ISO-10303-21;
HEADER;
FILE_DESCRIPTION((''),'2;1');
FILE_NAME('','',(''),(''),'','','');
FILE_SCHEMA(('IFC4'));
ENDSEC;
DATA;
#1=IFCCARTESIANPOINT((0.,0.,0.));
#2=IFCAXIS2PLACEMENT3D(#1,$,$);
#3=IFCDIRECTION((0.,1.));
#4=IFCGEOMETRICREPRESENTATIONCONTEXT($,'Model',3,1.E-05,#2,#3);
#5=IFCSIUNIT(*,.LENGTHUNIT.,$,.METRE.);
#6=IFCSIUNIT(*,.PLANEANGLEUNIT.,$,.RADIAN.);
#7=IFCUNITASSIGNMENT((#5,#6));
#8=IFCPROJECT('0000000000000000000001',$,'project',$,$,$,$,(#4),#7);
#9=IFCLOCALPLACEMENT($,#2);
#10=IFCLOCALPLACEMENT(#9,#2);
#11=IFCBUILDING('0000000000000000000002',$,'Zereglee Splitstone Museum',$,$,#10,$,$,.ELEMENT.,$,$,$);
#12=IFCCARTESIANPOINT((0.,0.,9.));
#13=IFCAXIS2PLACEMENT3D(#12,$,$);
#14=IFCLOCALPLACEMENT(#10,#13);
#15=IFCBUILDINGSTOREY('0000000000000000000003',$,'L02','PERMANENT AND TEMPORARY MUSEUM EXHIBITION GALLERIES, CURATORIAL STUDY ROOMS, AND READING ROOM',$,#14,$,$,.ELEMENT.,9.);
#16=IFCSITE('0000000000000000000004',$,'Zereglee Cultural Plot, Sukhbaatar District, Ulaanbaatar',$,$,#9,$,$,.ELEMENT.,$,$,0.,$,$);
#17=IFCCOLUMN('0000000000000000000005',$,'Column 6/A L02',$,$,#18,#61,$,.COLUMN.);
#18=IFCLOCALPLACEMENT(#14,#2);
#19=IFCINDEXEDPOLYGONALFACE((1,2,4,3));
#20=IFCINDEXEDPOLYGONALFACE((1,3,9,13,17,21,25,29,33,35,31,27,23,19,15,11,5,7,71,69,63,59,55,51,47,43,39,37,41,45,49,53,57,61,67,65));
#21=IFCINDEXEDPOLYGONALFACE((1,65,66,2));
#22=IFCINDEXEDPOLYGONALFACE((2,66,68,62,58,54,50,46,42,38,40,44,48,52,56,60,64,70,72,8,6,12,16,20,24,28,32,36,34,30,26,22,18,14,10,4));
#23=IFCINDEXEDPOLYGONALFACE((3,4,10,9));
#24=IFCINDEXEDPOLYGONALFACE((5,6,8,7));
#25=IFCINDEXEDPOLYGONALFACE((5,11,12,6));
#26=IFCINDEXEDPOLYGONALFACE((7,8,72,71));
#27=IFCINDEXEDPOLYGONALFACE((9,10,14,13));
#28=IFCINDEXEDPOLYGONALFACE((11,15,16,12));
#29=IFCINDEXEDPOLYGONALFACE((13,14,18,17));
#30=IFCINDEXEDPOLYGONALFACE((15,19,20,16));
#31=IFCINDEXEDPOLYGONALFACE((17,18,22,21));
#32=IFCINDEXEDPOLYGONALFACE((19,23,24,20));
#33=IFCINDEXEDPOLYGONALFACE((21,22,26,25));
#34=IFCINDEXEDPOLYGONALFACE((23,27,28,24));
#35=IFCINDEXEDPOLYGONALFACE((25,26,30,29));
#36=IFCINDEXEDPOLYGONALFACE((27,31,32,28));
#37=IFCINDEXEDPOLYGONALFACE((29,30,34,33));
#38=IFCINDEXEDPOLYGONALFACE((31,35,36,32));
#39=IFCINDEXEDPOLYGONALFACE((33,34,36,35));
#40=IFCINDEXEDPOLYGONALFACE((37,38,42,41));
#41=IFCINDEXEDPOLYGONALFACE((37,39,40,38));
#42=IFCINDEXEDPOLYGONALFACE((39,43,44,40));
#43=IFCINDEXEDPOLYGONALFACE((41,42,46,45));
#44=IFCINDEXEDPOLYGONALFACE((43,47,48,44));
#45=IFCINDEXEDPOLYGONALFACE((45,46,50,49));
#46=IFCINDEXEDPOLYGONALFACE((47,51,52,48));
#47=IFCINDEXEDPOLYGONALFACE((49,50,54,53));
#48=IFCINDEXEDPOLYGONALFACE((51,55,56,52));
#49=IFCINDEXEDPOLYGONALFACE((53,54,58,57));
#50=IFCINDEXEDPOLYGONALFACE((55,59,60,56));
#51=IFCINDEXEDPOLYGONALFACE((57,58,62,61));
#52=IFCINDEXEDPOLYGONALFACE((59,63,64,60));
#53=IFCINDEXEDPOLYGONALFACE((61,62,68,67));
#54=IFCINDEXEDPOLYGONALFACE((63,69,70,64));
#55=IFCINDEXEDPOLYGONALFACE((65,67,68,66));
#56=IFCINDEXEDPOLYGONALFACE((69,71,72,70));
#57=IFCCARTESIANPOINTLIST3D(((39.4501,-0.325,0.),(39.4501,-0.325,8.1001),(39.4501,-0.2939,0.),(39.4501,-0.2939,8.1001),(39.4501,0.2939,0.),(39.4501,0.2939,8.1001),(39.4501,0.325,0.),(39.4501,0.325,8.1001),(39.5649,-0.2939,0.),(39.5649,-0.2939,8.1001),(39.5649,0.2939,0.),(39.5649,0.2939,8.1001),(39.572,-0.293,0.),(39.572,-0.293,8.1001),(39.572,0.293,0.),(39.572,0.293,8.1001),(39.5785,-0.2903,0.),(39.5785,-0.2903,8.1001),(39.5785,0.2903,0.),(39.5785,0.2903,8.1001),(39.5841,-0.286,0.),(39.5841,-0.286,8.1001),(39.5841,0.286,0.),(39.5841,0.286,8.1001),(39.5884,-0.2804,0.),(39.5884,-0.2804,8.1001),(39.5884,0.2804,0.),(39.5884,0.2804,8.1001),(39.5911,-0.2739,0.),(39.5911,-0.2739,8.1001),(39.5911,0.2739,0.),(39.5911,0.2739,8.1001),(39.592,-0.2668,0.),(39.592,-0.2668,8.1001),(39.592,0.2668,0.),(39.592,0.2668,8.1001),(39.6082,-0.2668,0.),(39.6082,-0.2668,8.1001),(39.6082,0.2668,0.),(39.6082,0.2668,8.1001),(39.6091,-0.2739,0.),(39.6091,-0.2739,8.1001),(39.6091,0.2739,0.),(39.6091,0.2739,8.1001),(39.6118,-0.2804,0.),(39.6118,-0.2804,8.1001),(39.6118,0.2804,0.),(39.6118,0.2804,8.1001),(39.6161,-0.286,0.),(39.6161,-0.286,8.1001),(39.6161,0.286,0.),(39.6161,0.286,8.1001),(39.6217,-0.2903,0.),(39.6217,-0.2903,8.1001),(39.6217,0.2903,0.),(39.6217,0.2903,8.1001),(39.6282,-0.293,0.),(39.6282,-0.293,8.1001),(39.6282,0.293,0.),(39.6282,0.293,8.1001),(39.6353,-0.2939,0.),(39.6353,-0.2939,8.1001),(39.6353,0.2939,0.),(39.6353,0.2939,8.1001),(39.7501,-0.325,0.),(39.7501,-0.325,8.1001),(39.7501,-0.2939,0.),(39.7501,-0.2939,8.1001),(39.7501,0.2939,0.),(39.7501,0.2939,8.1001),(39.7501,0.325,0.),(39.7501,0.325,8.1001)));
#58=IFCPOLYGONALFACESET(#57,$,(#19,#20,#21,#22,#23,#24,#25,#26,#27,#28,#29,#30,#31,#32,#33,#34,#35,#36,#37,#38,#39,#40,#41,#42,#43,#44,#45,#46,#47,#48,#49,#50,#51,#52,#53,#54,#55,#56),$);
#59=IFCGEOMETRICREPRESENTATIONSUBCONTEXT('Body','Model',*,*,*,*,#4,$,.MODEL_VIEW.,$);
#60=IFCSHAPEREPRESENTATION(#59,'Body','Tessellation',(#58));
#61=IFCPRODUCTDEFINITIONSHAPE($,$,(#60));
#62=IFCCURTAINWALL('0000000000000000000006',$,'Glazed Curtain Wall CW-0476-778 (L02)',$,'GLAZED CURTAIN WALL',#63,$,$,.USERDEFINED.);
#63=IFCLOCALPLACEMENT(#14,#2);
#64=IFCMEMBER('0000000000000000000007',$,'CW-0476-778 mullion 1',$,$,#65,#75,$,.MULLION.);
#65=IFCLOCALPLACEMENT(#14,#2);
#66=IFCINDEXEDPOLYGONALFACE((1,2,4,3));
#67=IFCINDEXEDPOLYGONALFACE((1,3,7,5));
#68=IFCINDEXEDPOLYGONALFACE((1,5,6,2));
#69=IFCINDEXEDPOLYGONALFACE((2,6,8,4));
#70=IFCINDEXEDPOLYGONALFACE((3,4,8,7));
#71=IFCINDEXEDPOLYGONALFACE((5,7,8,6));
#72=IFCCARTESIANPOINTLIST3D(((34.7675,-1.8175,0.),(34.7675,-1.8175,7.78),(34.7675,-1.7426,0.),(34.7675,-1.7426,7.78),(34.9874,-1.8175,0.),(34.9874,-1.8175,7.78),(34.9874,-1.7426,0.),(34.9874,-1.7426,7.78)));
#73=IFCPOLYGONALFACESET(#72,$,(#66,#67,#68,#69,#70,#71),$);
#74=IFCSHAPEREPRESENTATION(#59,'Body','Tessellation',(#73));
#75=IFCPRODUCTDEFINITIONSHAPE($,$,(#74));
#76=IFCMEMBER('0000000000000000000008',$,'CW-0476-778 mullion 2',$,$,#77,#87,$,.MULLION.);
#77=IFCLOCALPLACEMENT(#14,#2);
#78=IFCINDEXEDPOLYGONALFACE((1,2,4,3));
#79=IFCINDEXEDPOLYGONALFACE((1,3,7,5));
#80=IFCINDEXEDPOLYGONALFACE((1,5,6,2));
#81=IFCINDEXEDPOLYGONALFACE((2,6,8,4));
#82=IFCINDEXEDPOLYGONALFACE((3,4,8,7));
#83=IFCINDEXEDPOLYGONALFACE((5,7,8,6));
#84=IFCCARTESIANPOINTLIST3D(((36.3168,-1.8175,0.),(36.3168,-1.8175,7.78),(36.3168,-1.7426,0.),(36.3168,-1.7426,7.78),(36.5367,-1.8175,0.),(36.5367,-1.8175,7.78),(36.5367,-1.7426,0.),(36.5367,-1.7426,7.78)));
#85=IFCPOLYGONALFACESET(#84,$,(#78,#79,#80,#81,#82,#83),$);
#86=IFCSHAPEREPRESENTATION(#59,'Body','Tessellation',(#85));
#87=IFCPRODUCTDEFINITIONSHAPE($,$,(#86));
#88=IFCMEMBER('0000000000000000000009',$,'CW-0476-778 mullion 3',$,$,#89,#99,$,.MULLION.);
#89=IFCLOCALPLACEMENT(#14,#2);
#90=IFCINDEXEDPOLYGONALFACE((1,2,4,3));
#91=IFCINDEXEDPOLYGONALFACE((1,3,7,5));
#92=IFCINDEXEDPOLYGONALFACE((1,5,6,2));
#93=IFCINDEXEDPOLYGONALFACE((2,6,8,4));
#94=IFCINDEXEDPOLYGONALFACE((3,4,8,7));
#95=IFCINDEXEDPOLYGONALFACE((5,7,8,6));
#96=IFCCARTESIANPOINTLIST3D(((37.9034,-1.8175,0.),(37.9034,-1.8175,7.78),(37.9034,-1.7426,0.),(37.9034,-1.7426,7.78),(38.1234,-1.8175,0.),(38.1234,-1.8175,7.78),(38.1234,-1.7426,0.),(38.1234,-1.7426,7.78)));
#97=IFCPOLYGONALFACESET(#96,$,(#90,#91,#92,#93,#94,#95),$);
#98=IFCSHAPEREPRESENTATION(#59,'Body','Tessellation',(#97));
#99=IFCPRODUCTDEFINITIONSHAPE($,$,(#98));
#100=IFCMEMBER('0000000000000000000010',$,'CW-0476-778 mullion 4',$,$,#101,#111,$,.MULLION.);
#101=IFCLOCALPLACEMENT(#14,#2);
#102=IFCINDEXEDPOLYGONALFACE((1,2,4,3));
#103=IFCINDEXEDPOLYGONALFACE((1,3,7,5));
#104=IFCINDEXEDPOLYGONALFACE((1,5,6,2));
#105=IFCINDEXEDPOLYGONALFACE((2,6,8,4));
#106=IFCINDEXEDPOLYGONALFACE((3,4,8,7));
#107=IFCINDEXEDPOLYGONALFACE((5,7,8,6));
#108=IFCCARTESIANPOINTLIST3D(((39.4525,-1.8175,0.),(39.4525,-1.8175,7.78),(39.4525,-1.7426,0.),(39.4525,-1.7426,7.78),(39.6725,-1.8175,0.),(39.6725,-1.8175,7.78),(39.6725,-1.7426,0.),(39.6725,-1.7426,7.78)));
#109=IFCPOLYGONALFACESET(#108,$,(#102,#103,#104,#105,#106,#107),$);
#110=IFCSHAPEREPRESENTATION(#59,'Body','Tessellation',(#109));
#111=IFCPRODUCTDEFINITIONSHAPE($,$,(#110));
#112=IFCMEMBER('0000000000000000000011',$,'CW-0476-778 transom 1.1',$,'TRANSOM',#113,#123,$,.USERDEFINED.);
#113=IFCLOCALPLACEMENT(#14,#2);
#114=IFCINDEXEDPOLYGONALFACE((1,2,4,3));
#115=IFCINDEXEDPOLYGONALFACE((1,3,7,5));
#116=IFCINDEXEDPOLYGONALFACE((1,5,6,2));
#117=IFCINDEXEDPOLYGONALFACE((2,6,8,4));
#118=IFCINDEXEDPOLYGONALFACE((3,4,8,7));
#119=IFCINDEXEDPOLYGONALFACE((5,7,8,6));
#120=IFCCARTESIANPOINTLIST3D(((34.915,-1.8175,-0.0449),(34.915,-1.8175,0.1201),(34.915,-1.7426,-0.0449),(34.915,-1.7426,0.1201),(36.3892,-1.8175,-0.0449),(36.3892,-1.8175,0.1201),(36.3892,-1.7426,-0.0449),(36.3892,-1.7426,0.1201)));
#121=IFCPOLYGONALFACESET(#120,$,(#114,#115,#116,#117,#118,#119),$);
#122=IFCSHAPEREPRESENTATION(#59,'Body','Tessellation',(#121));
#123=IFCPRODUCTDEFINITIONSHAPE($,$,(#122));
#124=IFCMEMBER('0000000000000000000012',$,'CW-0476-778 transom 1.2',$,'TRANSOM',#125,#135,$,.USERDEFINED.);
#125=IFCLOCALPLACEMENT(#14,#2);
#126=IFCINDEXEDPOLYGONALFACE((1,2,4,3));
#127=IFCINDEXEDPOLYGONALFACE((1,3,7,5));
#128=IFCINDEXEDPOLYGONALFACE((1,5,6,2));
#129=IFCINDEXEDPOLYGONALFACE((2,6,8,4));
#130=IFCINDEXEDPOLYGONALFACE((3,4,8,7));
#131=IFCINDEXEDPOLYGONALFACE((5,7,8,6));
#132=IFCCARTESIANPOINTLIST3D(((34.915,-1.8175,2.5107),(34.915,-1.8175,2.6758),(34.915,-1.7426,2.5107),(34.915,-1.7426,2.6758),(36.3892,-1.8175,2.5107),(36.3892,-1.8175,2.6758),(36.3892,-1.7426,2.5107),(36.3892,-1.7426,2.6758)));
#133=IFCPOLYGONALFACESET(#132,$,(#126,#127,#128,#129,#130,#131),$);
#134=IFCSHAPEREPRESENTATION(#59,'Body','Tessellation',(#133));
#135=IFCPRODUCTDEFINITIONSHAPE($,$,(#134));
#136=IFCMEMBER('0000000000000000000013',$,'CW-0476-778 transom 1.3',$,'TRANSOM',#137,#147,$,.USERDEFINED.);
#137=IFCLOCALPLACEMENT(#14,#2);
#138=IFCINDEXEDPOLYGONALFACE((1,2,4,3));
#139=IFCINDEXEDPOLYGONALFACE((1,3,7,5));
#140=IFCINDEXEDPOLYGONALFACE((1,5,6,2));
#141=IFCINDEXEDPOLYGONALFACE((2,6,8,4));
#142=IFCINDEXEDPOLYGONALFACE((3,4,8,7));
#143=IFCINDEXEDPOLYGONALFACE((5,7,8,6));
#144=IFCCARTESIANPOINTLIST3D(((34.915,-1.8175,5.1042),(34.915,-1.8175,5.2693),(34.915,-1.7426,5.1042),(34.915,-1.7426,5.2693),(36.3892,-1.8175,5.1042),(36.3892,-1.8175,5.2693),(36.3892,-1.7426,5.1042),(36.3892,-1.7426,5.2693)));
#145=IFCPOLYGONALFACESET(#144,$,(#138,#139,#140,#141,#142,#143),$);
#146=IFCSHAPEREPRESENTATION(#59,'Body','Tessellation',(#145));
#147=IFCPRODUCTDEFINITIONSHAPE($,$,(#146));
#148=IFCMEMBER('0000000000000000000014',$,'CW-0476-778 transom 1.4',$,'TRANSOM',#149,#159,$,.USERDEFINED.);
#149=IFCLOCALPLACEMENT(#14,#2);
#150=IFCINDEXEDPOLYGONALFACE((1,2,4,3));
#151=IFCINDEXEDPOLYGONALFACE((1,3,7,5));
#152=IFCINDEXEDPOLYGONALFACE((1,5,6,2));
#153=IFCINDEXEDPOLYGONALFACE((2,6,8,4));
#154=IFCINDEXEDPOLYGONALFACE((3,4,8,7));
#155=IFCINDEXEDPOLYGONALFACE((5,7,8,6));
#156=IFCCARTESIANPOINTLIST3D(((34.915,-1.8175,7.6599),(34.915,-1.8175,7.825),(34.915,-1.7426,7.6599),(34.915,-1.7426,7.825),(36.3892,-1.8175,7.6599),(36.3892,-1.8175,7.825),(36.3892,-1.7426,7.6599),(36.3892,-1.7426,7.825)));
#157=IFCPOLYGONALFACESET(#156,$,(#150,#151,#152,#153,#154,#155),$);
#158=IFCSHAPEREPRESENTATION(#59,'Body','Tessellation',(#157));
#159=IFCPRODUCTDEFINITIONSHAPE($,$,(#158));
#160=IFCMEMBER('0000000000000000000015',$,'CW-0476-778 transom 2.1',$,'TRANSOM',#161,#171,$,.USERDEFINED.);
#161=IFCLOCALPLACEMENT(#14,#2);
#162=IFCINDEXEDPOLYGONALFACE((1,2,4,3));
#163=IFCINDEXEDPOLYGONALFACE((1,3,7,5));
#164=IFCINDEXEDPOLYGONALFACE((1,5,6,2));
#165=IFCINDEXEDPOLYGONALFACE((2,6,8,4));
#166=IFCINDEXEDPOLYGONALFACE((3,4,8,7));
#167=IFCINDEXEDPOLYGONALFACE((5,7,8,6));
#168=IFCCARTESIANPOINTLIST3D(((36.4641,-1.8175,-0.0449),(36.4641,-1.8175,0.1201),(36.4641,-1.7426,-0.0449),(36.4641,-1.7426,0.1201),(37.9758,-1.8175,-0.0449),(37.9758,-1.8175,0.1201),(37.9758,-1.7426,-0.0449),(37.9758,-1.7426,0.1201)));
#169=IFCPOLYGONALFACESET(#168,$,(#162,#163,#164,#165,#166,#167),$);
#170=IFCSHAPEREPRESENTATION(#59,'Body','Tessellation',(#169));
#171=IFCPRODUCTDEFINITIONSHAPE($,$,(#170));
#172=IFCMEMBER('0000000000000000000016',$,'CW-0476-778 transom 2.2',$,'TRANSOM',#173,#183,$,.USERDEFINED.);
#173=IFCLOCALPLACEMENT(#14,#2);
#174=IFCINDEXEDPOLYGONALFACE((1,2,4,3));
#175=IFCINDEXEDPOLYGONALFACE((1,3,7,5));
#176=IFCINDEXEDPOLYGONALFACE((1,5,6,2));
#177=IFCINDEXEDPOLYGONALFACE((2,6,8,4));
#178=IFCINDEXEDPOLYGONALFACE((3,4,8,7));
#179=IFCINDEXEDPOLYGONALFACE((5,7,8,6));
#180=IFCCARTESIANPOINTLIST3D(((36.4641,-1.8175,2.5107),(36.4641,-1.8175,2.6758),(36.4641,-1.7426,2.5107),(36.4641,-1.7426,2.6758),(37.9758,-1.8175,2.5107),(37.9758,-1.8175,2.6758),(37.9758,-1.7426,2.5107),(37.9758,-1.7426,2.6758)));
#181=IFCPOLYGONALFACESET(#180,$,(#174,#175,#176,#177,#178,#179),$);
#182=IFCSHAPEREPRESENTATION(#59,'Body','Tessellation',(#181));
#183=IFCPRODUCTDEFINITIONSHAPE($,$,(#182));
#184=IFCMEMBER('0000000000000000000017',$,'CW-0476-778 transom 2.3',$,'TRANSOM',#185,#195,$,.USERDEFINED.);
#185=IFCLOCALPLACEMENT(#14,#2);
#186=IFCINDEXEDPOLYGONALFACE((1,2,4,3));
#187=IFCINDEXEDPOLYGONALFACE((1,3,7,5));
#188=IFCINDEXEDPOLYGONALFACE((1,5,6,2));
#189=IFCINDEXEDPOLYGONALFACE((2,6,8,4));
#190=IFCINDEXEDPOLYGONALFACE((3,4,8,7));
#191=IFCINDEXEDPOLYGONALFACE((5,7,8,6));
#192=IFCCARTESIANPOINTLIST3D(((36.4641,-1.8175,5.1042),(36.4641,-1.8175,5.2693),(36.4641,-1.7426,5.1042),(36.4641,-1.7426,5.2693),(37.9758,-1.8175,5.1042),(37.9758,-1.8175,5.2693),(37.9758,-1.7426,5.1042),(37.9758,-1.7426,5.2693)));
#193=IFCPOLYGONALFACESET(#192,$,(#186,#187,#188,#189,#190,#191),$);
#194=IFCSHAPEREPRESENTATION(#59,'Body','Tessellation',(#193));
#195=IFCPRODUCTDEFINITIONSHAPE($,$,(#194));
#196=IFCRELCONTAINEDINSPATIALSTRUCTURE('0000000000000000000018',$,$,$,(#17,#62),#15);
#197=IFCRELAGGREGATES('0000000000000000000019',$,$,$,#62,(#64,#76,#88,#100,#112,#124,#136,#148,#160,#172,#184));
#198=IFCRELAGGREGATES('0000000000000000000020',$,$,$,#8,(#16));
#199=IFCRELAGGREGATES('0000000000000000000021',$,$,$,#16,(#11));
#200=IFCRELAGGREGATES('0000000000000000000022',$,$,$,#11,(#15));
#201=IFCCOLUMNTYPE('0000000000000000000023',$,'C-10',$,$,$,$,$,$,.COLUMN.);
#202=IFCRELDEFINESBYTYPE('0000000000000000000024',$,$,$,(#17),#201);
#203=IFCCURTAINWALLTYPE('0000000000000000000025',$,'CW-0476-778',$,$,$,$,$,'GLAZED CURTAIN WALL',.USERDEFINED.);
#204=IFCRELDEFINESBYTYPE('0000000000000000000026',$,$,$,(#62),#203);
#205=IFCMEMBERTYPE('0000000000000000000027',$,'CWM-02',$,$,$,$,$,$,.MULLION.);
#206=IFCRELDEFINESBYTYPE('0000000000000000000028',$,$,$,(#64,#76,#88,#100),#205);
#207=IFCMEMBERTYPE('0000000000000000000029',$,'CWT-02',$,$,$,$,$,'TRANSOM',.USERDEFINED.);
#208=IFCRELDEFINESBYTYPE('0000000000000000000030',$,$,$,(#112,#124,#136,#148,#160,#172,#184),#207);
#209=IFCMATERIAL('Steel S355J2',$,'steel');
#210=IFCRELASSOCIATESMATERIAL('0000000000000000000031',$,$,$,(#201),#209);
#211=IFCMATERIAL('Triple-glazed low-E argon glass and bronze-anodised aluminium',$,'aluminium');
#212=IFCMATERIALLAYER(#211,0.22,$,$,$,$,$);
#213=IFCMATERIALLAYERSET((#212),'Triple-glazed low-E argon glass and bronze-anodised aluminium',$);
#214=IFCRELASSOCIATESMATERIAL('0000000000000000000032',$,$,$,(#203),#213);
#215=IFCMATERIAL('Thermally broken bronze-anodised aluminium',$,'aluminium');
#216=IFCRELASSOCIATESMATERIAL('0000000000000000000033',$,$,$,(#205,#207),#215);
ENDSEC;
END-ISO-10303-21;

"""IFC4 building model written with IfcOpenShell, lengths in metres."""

from ifc_helpers import new_model, si_unit, direction, frame, origin, origin_2d, place, context, subcontext, project, spatial, rectangle, i_section, extrude, material, layer, layer_set, material_profile, profile_set, type_object, element, aggregate, save


model = new_model("IFC4")

# Units and contexts
model_context = context("Model", 3, precision=1e-05, world=origin(), true_north=direction((0.0, 1.0)))
body_context = subcontext(model_context, "Body", "Model", "MODEL_VIEW")
ifc_project = project(units=[si_unit("LENGTHUNIT", "METRE"), si_unit("PLANEANGLEUNIT", "RADIAN")], contexts=[model_context])

# Site, building, storey
site_placement = place(None, origin())
site = spatial("IfcSite", under=ifc_project, at=site_placement, Name="Zereglee Cultural Plot, Sukhbaatar District, Ulaanbaatar", CompositionType="ELEMENT", RefElevation=0.0)
building_placement = place(site_placement, origin())
building = spatial("IfcBuilding", under=site, at=building_placement, Name="Zereglee Splitstone Museum", CompositionType="ELEMENT")
storey_placement = place(building_placement, frame((0.0, 0.0, 9.0)))
storey = spatial("IfcBuildingStorey", under=building, at=storey_placement, Name="L02", Description="PERMANENT AND TEMPORARY MUSEUM EXHIBITION GALLERIES, CURATORIAL STUDY ROOMS, AND READING ROOM", CompositionType="ELEMENT", Elevation=9.0)

# Column
ifc_material_1 = material(Name="Steel S355J2", Category="steel")
ifc_material_profile_1 = material_profile(ifc_material_1, i_section(OverallWidth=0.3, OverallDepth=0.6499, WebThickness=0.0161, FlangeThickness=0.031, FilletRadius=0.0271, at=origin_2d()), Name="HE 650 B")
ifc_profile_set_1 = profile_set([ifc_material_profile_1], Name="Steel S355J2")
column_type = type_object("IfcColumnType", Name="C-10", PredefinedType="COLUMN", material=ifc_profile_set_1)
column_placement = place(storey_placement, frame((39.6001, 0.0, 0.0), z_axis=(0.0, 0.0, 1.0), x_axis=(1.0, 0.0, 0.0)))
element("IfcColumn", 1, at=column_placement, inside=storey, type_object=column_type, Name="Column 6/A L02", PredefinedType="COLUMN", context=body_context, shape_type="SweptSolid", body=[
    extrude(i_section(OverallWidth=0.3, OverallDepth=0.6499, WebThickness=0.0161, FlangeThickness=0.031, FilletRadius=0.0271, at=origin_2d()), origin(), (0.0, 0.0, 1.0), 8.1001),
])

# Curtain wall, members
ifc_material_2 = material(Name="Triple-glazed low-E argon glass and bronze-anodised aluminium", Category="aluminium")
ifc_layer_1 = layer(ifc_material_2, 0.22)
ifc_layer_set_1 = layer_set([ifc_layer_1], Name="Triple-glazed low-E argon glass and bronze-anodised aluminium")
curtain_wall_type = type_object("IfcCurtainWallType", Name="CW-0476-778", ElementType="GLAZED CURTAIN WALL", PredefinedType="USERDEFINED", material=ifc_layer_set_1)
curtain_wall_placement = place(storey_placement, origin())
curtain_wall = element("IfcCurtainWall", 2, at=curtain_wall_placement, inside=storey, type_object=curtain_wall_type, Name="Glazed Curtain Wall CW-0476-778 (L02)", ObjectType="GLAZED CURTAIN WALL", PredefinedType="USERDEFINED")
ifc_material_3 = material(Name="Thermally broken bronze-anodised aluminium", Category="aluminium")
ifc_material_profile_2 = material_profile(ifc_material_3, rectangle(XDim=0.075, YDim=0.22, at=origin_2d()), Name="CW MULL 75x220")
ifc_profile_set_2 = profile_set([ifc_material_profile_2], Name="Thermally broken bronze-anodised aluminium")
member_type_1 = type_object("IfcMemberType", Name="CWM-02", PredefinedType="MULLION", material=ifc_profile_set_2)
member_1_placement = place(storey_placement, frame((34.8774, -1.78, 0.0), z_axis=(0.0, 0.0, 1.0), x_axis=(0.0, 1.0, 0.0)))
member_1 = element("IfcMember", 3, at=member_1_placement, type_object=member_type_1, Name="CW-0476-778 mullion 1", PredefinedType="MULLION", context=body_context, shape_type="SweptSolid", body=[
    extrude(rectangle(XDim=0.075, YDim=0.22, at=origin_2d()), origin(), (0.0, 0.0, 1.0), 7.78),
])
member_2_placement = place(storey_placement, frame((36.4268, -1.78, 0.0), z_axis=(0.0, 0.0, 1.0), x_axis=(0.0, 1.0, 0.0)))
member_2 = element("IfcMember", 4, at=member_2_placement, type_object=member_type_1, Name="CW-0476-778 mullion 2", PredefinedType="MULLION", context=body_context, shape_type="SweptSolid", body=[
    extrude(rectangle(XDim=0.075, YDim=0.22, at=origin_2d()), origin(), (0.0, 0.0, 1.0), 7.78),
])
member_3_placement = place(storey_placement, frame((38.0134, -1.78, 0.0), z_axis=(0.0, 0.0, 1.0), x_axis=(0.0, 1.0, 0.0)))
member_3 = element("IfcMember", 5, at=member_3_placement, type_object=member_type_1, Name="CW-0476-778 mullion 3", PredefinedType="MULLION", context=body_context, shape_type="SweptSolid", body=[
    extrude(rectangle(XDim=0.075, YDim=0.22, at=origin_2d()), origin(), (0.0, 0.0, 1.0), 7.78),
])
member_4_placement = place(storey_placement, frame((39.5625, -1.78, 0.0), z_axis=(0.0, 0.0, 1.0), x_axis=(0.0, 1.0, 0.0)))
member_4 = element("IfcMember", 6, at=member_4_placement, type_object=member_type_1, Name="CW-0476-778 mullion 4", PredefinedType="MULLION", context=body_context, shape_type="SweptSolid", body=[
    extrude(rectangle(XDim=0.075, YDim=0.22, at=origin_2d()), origin(), (0.0, 0.0, 1.0), 7.78),
])
ifc_material_profile_3 = material_profile(ifc_material_3, rectangle(XDim=0.075, YDim=0.165, at=origin_2d()), Name="CW TRAN 75x165")
ifc_profile_set_3 = profile_set([ifc_material_profile_3], Name="Thermally broken bronze-anodised aluminium")
member_type_2 = type_object("IfcMemberType", Name="CWT-02", ElementType="TRANSOM", PredefinedType="USERDEFINED", material=ifc_profile_set_3)
member_5_placement = place(storey_placement, frame((34.915, -1.78, 0.0376), z_axis=(1.0, 0.0, 0.0), x_axis=(0.0, 1.0, 0.0)))
member_5 = element("IfcMember", 7, at=member_5_placement, type_object=member_type_2, Name="CW-0476-778 transom 1.1", ObjectType="TRANSOM", PredefinedType="USERDEFINED", context=body_context, shape_type="SweptSolid", body=[
    extrude(rectangle(XDim=0.075, YDim=0.165, at=origin_2d()), origin(), (0.0, 0.0, 1.0), 1.4741),
])
member_6_placement = place(storey_placement, frame((34.915, -1.78, 2.5933), z_axis=(1.0, 0.0, 0.0), x_axis=(0.0, 1.0, 0.0)))
member_6 = element("IfcMember", 8, at=member_6_placement, type_object=member_type_2, Name="CW-0476-778 transom 1.2", ObjectType="TRANSOM", PredefinedType="USERDEFINED", context=body_context, shape_type="SweptSolid", body=[
    extrude(rectangle(XDim=0.075, YDim=0.165, at=origin_2d()), origin(), (0.0, 0.0, 1.0), 1.4741),
])
member_7_placement = place(storey_placement, frame((34.915, -1.78, 5.1868), z_axis=(1.0, 0.0, 0.0), x_axis=(0.0, 1.0, 0.0)))
member_7 = element("IfcMember", 9, at=member_7_placement, type_object=member_type_2, Name="CW-0476-778 transom 1.3", ObjectType="TRANSOM", PredefinedType="USERDEFINED", context=body_context, shape_type="SweptSolid", body=[
    extrude(rectangle(XDim=0.075, YDim=0.165, at=origin_2d()), origin(), (0.0, 0.0, 1.0), 1.4741),
])
member_8_placement = place(storey_placement, frame((34.915, -1.78, 7.7424), z_axis=(1.0, 0.0, 0.0), x_axis=(0.0, 1.0, 0.0)))
member_8 = element("IfcMember", 10, at=member_8_placement, type_object=member_type_2, Name="CW-0476-778 transom 1.4", ObjectType="TRANSOM", PredefinedType="USERDEFINED", context=body_context, shape_type="SweptSolid", body=[
    extrude(rectangle(XDim=0.075, YDim=0.165, at=origin_2d()), origin(), (0.0, 0.0, 1.0), 1.4741),
])
member_9_placement = place(storey_placement, frame((36.4641, -1.78, 0.0376), z_axis=(1.0, 0.0, 0.0), x_axis=(0.0, 1.0, 0.0)))
member_9 = element("IfcMember", 11, at=member_9_placement, type_object=member_type_2, Name="CW-0476-778 transom 2.1", ObjectType="TRANSOM", PredefinedType="USERDEFINED", context=body_context, shape_type="SweptSolid", body=[
    extrude(rectangle(XDim=0.075, YDim=0.165, at=origin_2d()), origin(), (0.0, 0.0, 1.0), 1.5117),
])
member_10_placement = place(storey_placement, frame((36.4641, -1.78, 2.5933), z_axis=(1.0, 0.0, 0.0), x_axis=(0.0, 1.0, 0.0)))
member_10 = element("IfcMember", 12, at=member_10_placement, type_object=member_type_2, Name="CW-0476-778 transom 2.2", ObjectType="TRANSOM", PredefinedType="USERDEFINED", context=body_context, shape_type="SweptSolid", body=[
    extrude(rectangle(XDim=0.075, YDim=0.165, at=origin_2d()), origin(), (0.0, 0.0, 1.0), 1.5117),
])
member_11_placement = place(storey_placement, frame((36.4641, -1.78, 5.1868), z_axis=(1.0, 0.0, 0.0), x_axis=(0.0, 1.0, 0.0)))
member_11 = element("IfcMember", 13, at=member_11_placement, type_object=member_type_2, Name="CW-0476-778 transom 2.3", ObjectType="TRANSOM", PredefinedType="USERDEFINED", context=body_context, shape_type="SweptSolid", body=[
    extrude(rectangle(XDim=0.075, YDim=0.165, at=origin_2d()), origin(), (0.0, 0.0, 1.0), 1.5117),
])

aggregate(curtain_wall, [member_1, member_2, member_3, member_4, member_5, member_6, member_7, member_8, member_9, member_10, member_11])

save(model, "model.ifc")
